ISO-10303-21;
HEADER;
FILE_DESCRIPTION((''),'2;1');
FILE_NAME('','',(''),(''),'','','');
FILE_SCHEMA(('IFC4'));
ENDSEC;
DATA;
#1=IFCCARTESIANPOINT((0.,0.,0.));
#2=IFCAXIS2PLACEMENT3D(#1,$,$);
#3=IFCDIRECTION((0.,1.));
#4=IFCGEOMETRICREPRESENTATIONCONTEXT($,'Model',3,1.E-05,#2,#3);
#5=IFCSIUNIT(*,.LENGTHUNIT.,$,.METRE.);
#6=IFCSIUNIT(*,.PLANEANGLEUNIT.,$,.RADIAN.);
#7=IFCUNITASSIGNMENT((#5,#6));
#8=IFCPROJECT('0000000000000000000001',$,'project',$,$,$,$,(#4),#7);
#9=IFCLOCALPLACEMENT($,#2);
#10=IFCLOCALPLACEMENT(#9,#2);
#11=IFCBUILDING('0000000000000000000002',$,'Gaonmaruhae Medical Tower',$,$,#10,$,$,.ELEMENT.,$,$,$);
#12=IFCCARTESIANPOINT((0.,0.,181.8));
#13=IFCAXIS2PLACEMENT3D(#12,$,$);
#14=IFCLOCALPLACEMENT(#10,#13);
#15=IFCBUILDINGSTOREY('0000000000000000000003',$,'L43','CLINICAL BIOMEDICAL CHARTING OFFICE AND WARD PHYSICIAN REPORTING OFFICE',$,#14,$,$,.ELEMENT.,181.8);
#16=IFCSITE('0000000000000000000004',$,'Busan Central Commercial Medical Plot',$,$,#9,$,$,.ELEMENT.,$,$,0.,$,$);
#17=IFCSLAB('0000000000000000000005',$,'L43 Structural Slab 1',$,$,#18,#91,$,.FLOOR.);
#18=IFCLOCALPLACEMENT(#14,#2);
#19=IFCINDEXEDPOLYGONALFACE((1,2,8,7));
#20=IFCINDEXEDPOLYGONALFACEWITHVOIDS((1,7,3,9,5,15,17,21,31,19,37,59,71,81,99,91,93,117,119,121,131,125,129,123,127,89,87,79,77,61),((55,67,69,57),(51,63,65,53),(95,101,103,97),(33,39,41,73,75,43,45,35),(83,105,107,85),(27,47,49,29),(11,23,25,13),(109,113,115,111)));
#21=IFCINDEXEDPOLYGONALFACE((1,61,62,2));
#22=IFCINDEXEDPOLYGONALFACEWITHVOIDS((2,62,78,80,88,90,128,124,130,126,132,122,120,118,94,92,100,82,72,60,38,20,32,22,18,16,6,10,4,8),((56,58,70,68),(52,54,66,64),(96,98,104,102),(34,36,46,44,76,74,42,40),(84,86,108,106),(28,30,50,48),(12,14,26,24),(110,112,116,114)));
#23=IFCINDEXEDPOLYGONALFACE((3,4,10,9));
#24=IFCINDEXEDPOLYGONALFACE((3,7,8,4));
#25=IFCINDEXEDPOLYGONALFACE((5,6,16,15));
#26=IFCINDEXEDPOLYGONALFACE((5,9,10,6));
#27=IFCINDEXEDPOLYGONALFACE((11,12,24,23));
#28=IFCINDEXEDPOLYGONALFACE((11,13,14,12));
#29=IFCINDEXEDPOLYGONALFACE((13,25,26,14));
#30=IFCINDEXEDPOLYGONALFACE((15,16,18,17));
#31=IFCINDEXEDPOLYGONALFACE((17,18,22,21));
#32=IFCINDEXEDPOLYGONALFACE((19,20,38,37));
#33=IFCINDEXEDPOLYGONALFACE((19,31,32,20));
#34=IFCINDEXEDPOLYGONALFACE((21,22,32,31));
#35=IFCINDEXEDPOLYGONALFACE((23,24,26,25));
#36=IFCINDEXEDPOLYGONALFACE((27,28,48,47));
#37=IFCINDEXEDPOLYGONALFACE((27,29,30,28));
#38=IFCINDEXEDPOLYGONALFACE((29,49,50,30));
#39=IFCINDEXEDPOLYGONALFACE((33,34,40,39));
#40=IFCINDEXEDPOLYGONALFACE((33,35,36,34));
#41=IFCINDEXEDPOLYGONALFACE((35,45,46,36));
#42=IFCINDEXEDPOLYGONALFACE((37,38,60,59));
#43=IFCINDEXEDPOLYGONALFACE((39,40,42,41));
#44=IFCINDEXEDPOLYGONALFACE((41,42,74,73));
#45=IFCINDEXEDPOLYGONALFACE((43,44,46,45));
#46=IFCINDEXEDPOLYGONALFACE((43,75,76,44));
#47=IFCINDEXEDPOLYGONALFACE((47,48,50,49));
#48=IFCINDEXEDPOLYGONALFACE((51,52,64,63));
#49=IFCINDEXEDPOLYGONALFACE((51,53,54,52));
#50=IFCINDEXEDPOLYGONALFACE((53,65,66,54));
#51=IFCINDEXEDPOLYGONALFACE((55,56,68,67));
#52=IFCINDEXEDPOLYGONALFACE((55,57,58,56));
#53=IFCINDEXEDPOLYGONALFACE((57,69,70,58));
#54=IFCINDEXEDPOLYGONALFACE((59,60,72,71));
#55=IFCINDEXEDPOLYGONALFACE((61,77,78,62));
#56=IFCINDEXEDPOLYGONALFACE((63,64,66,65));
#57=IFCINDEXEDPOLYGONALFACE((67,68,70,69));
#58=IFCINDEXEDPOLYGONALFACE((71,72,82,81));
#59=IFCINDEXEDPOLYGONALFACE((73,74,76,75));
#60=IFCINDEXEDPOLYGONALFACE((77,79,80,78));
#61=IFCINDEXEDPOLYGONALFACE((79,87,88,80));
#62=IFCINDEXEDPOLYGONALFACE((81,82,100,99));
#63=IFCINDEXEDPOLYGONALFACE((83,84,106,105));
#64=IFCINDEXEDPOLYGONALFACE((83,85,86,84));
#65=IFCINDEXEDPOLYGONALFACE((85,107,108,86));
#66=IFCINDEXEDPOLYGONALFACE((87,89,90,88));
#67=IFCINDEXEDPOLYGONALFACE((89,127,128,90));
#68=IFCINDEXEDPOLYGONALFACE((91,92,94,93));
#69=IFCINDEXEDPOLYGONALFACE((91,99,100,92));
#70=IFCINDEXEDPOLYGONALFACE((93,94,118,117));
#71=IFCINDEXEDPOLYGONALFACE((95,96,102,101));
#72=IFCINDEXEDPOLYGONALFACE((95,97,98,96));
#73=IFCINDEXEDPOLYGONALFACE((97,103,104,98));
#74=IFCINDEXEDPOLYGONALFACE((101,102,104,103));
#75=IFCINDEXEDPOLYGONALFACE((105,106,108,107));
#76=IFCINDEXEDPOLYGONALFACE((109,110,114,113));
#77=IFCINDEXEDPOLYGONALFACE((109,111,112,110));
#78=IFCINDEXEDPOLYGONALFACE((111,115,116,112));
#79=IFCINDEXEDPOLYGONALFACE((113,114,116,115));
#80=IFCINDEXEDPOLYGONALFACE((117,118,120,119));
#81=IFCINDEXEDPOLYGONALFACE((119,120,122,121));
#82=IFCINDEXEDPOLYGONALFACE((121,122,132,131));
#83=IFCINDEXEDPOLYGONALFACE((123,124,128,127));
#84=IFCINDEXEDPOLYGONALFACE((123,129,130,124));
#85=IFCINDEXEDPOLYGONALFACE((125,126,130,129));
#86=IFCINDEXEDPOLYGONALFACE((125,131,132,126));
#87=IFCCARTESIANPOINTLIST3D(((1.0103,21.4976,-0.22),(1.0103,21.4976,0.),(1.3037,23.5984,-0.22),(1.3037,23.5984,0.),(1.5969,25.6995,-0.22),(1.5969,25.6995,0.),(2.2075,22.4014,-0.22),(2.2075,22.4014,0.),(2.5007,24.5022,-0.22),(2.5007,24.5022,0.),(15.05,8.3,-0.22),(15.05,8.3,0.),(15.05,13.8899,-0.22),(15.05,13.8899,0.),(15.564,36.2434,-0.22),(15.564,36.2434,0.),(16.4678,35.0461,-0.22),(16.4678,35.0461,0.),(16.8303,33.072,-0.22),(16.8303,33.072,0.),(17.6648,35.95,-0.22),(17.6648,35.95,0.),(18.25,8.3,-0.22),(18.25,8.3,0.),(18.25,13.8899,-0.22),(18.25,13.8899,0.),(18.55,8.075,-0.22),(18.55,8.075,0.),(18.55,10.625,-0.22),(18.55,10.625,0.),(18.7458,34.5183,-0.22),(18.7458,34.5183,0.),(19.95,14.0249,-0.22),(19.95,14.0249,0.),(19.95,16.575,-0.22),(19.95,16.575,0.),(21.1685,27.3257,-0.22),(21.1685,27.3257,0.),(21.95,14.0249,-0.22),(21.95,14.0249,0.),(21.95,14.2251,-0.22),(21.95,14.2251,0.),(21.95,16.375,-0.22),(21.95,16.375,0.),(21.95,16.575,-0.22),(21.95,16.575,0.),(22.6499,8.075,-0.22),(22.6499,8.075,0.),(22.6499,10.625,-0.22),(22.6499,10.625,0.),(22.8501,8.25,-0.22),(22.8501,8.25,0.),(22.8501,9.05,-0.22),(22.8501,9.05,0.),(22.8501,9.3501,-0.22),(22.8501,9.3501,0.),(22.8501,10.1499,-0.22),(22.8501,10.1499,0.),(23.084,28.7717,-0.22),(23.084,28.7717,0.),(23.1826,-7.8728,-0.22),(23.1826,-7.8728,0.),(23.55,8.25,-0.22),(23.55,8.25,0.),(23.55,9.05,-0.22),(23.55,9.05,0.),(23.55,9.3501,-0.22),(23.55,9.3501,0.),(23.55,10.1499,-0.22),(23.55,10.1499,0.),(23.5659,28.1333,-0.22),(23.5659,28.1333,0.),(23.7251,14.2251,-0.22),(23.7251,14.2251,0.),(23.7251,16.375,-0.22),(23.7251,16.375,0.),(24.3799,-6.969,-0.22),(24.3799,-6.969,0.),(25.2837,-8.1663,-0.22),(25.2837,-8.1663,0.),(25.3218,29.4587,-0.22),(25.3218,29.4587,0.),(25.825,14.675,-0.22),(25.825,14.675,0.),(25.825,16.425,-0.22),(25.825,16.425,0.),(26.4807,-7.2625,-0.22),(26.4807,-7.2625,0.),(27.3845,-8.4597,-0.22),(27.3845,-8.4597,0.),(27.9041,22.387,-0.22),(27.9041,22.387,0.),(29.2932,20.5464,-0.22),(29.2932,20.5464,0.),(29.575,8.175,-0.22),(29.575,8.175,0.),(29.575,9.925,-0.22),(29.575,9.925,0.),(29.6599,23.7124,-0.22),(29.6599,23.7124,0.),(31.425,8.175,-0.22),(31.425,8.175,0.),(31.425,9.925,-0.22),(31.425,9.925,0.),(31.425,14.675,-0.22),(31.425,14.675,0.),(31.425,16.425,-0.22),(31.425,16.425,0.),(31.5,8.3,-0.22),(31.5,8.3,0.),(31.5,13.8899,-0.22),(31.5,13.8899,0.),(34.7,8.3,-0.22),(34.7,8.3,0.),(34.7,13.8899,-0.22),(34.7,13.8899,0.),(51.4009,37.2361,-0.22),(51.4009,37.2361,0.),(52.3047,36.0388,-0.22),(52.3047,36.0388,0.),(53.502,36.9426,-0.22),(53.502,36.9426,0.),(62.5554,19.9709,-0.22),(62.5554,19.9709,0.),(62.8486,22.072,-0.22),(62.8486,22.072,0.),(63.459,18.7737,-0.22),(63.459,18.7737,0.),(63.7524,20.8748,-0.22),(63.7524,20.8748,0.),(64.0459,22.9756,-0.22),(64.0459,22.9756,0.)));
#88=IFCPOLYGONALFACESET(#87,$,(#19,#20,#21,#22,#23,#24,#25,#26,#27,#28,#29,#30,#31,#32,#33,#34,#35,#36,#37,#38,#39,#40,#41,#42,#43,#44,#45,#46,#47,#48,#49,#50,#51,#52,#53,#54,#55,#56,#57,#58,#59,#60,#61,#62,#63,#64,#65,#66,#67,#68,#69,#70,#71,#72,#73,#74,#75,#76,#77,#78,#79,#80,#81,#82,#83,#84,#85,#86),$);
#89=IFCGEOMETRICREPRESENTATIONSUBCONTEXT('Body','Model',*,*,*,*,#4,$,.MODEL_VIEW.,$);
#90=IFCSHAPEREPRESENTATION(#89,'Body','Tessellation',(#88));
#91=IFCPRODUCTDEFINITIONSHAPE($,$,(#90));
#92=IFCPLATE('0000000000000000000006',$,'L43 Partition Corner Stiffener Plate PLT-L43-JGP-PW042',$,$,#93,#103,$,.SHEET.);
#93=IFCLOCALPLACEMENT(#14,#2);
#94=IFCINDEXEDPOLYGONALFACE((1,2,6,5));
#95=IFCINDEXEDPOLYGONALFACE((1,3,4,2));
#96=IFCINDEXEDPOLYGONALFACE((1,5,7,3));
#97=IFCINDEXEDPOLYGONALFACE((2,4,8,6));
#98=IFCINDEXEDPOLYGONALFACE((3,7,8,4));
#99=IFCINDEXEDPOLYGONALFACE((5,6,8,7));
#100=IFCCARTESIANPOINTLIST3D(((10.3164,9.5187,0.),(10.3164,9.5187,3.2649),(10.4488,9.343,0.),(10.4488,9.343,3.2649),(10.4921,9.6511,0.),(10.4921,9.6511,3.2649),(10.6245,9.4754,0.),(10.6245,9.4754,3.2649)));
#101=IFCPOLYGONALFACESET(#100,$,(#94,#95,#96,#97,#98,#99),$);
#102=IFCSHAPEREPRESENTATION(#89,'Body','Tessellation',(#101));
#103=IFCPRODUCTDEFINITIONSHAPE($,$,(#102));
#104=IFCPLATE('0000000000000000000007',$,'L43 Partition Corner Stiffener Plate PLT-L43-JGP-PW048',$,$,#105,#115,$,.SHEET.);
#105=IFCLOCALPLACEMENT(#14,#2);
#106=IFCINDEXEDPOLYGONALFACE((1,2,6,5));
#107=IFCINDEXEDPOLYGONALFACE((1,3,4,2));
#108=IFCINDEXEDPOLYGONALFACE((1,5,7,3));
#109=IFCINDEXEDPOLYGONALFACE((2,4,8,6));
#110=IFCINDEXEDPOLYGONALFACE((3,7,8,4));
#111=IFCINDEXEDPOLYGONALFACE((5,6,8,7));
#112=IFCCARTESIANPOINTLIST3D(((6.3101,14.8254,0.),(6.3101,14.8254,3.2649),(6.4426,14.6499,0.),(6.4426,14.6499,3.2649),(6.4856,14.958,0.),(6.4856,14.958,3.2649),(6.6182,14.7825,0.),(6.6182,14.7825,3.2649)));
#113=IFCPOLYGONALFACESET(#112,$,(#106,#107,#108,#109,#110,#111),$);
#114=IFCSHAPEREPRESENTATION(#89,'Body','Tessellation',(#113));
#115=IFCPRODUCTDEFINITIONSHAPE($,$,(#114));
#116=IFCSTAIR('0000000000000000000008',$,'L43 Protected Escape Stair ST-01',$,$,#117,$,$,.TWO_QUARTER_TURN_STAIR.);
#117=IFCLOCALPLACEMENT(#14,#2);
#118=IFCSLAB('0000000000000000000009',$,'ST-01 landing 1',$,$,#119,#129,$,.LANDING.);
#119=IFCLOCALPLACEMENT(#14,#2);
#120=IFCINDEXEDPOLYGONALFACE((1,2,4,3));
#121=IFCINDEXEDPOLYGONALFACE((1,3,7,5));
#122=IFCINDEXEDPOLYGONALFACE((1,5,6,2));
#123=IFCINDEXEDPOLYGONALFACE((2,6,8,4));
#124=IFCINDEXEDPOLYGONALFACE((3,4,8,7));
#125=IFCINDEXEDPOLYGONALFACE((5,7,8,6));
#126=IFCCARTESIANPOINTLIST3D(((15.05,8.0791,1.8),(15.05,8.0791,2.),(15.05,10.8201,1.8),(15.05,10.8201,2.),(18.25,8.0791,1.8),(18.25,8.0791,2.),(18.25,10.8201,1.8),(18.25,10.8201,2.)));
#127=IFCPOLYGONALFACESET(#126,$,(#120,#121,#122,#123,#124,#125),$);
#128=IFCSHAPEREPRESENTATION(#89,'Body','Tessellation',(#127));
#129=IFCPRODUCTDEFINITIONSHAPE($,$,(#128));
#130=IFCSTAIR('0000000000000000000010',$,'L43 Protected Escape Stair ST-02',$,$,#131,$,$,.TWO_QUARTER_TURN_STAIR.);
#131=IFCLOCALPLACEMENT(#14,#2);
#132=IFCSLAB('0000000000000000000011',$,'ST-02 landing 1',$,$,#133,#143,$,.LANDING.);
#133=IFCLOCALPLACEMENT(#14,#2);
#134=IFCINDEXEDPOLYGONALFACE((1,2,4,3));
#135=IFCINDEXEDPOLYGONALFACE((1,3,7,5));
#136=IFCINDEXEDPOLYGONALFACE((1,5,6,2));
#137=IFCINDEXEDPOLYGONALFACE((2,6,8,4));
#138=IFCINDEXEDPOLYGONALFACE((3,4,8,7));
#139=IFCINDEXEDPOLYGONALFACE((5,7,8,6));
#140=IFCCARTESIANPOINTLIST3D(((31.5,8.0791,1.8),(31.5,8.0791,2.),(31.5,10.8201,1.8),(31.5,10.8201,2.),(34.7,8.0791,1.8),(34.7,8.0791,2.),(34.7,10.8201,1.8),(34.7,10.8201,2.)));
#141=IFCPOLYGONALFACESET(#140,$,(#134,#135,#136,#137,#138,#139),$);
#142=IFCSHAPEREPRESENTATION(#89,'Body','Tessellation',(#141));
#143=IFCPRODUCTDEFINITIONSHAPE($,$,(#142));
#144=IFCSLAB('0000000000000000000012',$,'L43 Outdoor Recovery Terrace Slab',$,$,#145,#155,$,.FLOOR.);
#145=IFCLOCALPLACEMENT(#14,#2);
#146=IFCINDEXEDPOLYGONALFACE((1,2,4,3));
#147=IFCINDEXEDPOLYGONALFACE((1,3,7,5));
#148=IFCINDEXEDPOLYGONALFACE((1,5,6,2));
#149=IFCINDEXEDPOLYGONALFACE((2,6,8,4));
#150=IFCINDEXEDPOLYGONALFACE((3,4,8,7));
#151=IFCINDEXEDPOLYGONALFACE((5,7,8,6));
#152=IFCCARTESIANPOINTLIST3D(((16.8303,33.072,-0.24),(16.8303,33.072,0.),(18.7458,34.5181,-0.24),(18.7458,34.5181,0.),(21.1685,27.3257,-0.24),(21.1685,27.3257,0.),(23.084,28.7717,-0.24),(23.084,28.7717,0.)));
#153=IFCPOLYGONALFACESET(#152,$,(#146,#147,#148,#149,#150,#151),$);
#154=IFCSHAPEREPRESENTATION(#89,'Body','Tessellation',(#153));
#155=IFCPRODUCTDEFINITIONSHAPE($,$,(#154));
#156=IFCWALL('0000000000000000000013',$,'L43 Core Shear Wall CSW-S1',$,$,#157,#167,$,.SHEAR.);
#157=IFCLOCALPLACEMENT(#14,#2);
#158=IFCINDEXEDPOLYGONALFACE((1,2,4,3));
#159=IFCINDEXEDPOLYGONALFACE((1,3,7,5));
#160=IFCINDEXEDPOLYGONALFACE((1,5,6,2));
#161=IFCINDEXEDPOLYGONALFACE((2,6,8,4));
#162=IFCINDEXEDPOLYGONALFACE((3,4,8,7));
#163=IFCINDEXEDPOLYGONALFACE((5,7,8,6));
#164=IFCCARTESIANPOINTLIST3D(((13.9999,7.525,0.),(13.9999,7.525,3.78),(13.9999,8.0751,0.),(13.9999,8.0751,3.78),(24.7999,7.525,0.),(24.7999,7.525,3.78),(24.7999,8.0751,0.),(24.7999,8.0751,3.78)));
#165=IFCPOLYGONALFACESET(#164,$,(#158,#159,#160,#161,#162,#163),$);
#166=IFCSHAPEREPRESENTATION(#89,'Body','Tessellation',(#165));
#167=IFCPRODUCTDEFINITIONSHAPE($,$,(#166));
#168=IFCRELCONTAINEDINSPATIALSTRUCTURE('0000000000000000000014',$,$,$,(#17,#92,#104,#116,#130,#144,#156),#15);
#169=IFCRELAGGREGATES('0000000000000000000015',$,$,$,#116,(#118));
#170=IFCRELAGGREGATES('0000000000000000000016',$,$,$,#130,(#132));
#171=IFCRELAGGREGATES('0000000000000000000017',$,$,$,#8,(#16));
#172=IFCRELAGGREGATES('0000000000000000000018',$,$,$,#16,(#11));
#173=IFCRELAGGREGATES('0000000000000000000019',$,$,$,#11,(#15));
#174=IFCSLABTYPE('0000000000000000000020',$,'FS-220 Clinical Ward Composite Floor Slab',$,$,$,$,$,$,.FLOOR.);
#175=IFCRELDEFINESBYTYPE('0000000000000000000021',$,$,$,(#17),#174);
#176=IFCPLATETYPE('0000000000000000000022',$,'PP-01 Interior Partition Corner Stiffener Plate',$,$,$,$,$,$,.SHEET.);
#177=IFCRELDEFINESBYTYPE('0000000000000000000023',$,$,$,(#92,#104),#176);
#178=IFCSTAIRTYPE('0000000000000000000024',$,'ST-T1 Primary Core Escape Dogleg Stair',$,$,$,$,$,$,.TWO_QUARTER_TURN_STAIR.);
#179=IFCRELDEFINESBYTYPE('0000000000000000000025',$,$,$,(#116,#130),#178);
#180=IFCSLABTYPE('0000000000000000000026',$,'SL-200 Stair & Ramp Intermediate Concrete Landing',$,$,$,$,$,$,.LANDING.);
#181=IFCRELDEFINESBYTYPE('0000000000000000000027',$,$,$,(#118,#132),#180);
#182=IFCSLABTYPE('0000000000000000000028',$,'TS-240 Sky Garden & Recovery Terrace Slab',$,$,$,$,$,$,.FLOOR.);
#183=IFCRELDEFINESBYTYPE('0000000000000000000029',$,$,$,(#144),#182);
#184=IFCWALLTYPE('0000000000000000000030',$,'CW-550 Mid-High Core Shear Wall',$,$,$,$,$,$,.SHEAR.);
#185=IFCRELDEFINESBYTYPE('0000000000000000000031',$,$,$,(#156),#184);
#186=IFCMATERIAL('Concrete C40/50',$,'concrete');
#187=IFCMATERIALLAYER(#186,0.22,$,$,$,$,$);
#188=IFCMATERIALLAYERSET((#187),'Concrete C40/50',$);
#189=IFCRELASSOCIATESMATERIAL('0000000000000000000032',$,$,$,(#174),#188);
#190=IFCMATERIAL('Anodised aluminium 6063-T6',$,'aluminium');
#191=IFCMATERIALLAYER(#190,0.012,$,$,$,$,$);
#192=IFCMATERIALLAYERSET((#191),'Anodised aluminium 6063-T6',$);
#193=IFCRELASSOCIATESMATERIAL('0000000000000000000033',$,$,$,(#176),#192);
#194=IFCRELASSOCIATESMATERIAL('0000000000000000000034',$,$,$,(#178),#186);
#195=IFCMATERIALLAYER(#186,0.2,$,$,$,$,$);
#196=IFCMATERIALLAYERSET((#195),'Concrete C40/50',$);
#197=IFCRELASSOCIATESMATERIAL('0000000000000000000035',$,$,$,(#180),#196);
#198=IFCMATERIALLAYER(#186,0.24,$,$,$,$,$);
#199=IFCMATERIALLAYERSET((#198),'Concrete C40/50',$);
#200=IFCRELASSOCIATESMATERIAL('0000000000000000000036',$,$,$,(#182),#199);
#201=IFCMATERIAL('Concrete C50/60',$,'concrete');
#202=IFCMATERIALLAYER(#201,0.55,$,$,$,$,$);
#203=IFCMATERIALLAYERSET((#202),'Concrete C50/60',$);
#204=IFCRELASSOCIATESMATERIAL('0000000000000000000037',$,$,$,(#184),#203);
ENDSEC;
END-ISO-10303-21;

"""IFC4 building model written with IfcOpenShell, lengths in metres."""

from ifc_helpers import new_model, si_unit, direction, frame, frame_2d, origin, origin_2d, place, context, subcontext, project, spatial, polyline, rectangle, outline, extrude, material, layer, layer_set, type_object, element, aggregate, save


model = new_model("IFC4")

# Units and contexts
model_context = context("Model", 3, precision=1e-05, world=origin(), true_north=direction((0.0, 1.0)))
body_context = subcontext(model_context, "Body", "Model", "MODEL_VIEW")
ifc_project = project(units=[si_unit("LENGTHUNIT", "METRE"), si_unit("PLANEANGLEUNIT", "RADIAN")], contexts=[model_context])

# Site, building, storey
site_placement = place(None, origin())
site = spatial("IfcSite", under=ifc_project, at=site_placement, Name="Busan Central Commercial Medical Plot", CompositionType="ELEMENT", RefElevation=0.0)
building_placement = place(site_placement, origin())
building = spatial("IfcBuilding", under=site, at=building_placement, Name="Gaonmaruhae Medical Tower", CompositionType="ELEMENT")
storey_placement = place(building_placement, frame((0.0, 0.0, 181.8)))
storey = spatial("IfcBuildingStorey", under=building, at=storey_placement, Name="L43", Description="CLINICAL BIOMEDICAL CHARTING OFFICE AND WARD PHYSICIAN REPORTING OFFICE", CompositionType="ELEMENT", Elevation=181.8)

# Shared definitions
ifc_material_1 = material(Name="Concrete C50/60", Category="concrete")

# Slab
ifc_material_2 = material(Name="Concrete C40/50", Category="concrete")
ifc_layer_1 = layer(ifc_material_2, 0.22)
ifc_layer_set_1 = layer_set([ifc_layer_1], Name="Concrete C40/50")
slab_type_1 = type_object("IfcSlabType", Name="FS-220 Clinical Ward Composite Floor Slab", PredefinedType="FLOOR", material=ifc_layer_set_1)
slab_1_placement = place(storey_placement, frame((0.0, 0.0, -0.22)))
element("IfcSlab", 1, at=slab_1_placement, inside=storey, type_object=slab_type_1, Name="L43 Structural Slab 1", PredefinedType="FLOOR", context=body_context, shape_type="SweptSolid", body=[
    extrude(outline(polyline([(51.4009, 37.2361), (52.3047, 36.0388), (53.502, 36.9426), (64.0459, 22.9756), (62.8486, 22.072), (63.7524, 20.8748), (62.5554, 19.9709), (63.459, 18.7737), (27.3845, -8.4597), (26.4807, -7.2625), (25.2837, -8.1663), (24.3799, -6.969), (23.1826, -7.8728), (1.0103, 21.4976), (2.2075, 22.4014), (1.3037, 23.5984), (2.5007, 24.5022), (1.5969, 25.6995), (15.564, 36.2434), (16.4678, 35.0461), (17.6648, 35.95), (18.7458, 34.5183), (16.8303, 33.072), (21.1685, 27.3257), (23.084, 28.7717), (23.5659, 28.1333), (25.3218, 29.4587), (29.6599, 23.7124), (27.9041, 22.387), (29.2932, 20.5464), (51.4009, 37.2361)]), holes=[polyline([(23.55, 8.25), (22.8501, 8.25), (22.8501, 9.05), (23.55, 9.05), (23.55, 8.25)]), polyline([(31.425, 9.925), (31.425, 8.175), (29.575, 8.175), (29.575, 9.925), (31.425, 9.925)]), polyline([(22.6499, 10.625), (22.6499, 8.075), (18.55, 8.075), (18.55, 10.625), (22.6499, 10.625)]), polyline([(23.55, 9.3501), (22.8501, 9.3501), (22.8501, 10.1499), (23.55, 10.1499), (23.55, 9.3501)]), polyline([(15.05, 13.8899), (18.25, 13.8899), (18.25, 8.3), (15.05, 8.3), (15.05, 13.8899)]), polyline([(31.5, 13.8899), (34.7, 13.8899), (34.7, 8.3), (31.5, 8.3), (31.5, 13.8899)]), polyline([(21.95, 14.2251), (21.95, 14.0249), (19.95, 14.0249), (19.95, 16.575), (21.95, 16.575), (21.95, 16.375), (23.7251, 16.375), (23.7251, 14.2251), (21.95, 14.2251)]), polyline([(31.425, 16.425), (31.425, 14.675), (25.825, 14.675), (25.825, 16.425), (31.425, 16.425)])]), origin(), (0.0, 0.0, 1.0), 0.22),
])

# Plates
ifc_material_3 = material(Name="Anodised aluminium 6063-T6", Category="aluminium")
ifc_layer_2 = layer(ifc_material_3, 0.012)
ifc_layer_set_2 = layer_set([ifc_layer_2], Name="Anodised aluminium 6063-T6")
plate_type = type_object("IfcPlateType", Name="PP-01 Interior Partition Corner Stiffener Plate", PredefinedType="SHEET", material=ifc_layer_set_2)
for number, where, z_axis, x_axis, name in (
    (2, (10.4705, 9.4971, 0.0), (0.0, 0.0, 1.0), (-0.60194, 0.798541, 0.0), "L43 Partition Corner Stiffener Plate PLT-L43-JGP-PW042"),
    (3, (6.4641, 14.804, 0.0), (0.0, 0.0, 1.0), (-0.602609, 0.798036, 0.0), "L43 Partition Corner Stiffener Plate PLT-L43-JGP-PW048"),
):
    element("IfcPlate", number, at=place(storey_placement, frame(where, z_axis=z_axis, x_axis=x_axis)), inside=storey, type_object=plate_type, Name=name, PredefinedType="SHEET", context=body_context, shape_type="SweptSolid", body=[
        extrude(rectangle(XDim=0.22, YDim=0.22, at=origin_2d()), origin(), (0.0, 0.0, 1.0), 3.2649),
    ])

# Stairs, slabs
stair_type = type_object("IfcStairType", Name="ST-T1 Primary Core Escape Dogleg Stair", PredefinedType="TWO_QUARTER_TURN_STAIR", material=ifc_material_2)
stair_1_placement = place(storey_placement, origin())
stair_1 = element("IfcStair", 4, at=stair_1_placement, inside=storey, type_object=stair_type, Name="L43 Protected Escape Stair ST-01", PredefinedType="TWO_QUARTER_TURN_STAIR")
ifc_layer_3 = layer(ifc_material_2, 0.2)
ifc_layer_set_3 = layer_set([ifc_layer_3], Name="Concrete C40/50")
slab_type_2 = type_object("IfcSlabType", Name="SL-200 Stair & Ramp Intermediate Concrete Landing", PredefinedType="LANDING", material=ifc_layer_set_3)
slab_2_placement = place(storey_placement, frame((0.0, 0.0, 1.8)))
slab_2 = element("IfcSlab", 5, at=slab_2_placement, type_object=slab_type_2, Name="ST-01 landing 1", PredefinedType="LANDING", context=body_context, shape_type="SweptSolid", body=[
    extrude(outline(polyline([(15.05, 10.8201), (15.05, 8.0791), (18.25, 8.0791), (18.25, 10.8201), (15.05, 10.8201)])), origin(), (0.0, 0.0, 1.0), 0.2),
])
aggregate(stair_1, [slab_2])
stair_2_placement = place(storey_placement, origin())
stair_2 = element("IfcStair", 6, at=stair_2_placement, inside=storey, type_object=stair_type, Name="L43 Protected Escape Stair ST-02", PredefinedType="TWO_QUARTER_TURN_STAIR")
slab_3_placement = place(storey_placement, frame((0.0, 0.0, 1.8)))
slab_3 = element("IfcSlab", 7, at=slab_3_placement, type_object=slab_type_2, Name="ST-02 landing 1", PredefinedType="LANDING", context=body_context, shape_type="SweptSolid", body=[
    extrude(outline(polyline([(31.5, 10.8201), (31.5, 8.0791), (34.7, 8.0791), (34.7, 10.8201), (31.5, 10.8201)])), origin(), (0.0, 0.0, 1.0), 0.2),
])
aggregate(stair_2, [slab_3])

# Slab
ifc_layer_4 = layer(ifc_material_2, 0.24)
ifc_layer_set_4 = layer_set([ifc_layer_4], Name="Concrete C40/50")
slab_type_3 = type_object("IfcSlabType", Name="TS-240 Sky Garden & Recovery Terrace Slab", PredefinedType="FLOOR", material=ifc_layer_set_4)
slab_4_placement = place(storey_placement, frame((0.0, 0.0, -0.24)))
element("IfcSlab", 8, at=slab_4_placement, inside=storey, type_object=slab_type_3, Name="L43 Outdoor Recovery Terrace Slab", PredefinedType="FLOOR", context=body_context, shape_type="SweptSolid", body=[
    extrude(outline(polyline([(21.1685, 27.3257), (23.084, 28.7717), (18.7458, 34.5181), (16.8303, 33.072), (21.1685, 27.3257)])), origin(), (0.0, 0.0, 1.0), 0.24),
])

# Wall
ifc_layer_5 = layer(ifc_material_1, 0.55)
ifc_layer_set_5 = layer_set([ifc_layer_5], Name="Concrete C50/60")
wall_type_1 = type_object("IfcWallType", Name="CW-550 Mid-High Core Shear Wall", PredefinedType="SHEAR", material=ifc_layer_set_5)
wall_1_placement = place(storey_placement, frame((14.0, 7.8, 0.0), z_axis=(0.0, 0.0, 1.0), x_axis=(1.0, 0.0, 0.0)))
element("IfcWall", 9, at=wall_1_placement, inside=storey, type_object=wall_type_1, Name="L43 Core Shear Wall CSW-S1", PredefinedType="SHEAR", context=body_context, shape_type="SweptSolid", body=[
    extrude(rectangle(XDim=10.8, YDim=0.55, at=frame_2d((5.3999, 0.0))), origin(), (0.0, 0.0, 1.0), 3.78),
])

save(model, "model.ifc")
